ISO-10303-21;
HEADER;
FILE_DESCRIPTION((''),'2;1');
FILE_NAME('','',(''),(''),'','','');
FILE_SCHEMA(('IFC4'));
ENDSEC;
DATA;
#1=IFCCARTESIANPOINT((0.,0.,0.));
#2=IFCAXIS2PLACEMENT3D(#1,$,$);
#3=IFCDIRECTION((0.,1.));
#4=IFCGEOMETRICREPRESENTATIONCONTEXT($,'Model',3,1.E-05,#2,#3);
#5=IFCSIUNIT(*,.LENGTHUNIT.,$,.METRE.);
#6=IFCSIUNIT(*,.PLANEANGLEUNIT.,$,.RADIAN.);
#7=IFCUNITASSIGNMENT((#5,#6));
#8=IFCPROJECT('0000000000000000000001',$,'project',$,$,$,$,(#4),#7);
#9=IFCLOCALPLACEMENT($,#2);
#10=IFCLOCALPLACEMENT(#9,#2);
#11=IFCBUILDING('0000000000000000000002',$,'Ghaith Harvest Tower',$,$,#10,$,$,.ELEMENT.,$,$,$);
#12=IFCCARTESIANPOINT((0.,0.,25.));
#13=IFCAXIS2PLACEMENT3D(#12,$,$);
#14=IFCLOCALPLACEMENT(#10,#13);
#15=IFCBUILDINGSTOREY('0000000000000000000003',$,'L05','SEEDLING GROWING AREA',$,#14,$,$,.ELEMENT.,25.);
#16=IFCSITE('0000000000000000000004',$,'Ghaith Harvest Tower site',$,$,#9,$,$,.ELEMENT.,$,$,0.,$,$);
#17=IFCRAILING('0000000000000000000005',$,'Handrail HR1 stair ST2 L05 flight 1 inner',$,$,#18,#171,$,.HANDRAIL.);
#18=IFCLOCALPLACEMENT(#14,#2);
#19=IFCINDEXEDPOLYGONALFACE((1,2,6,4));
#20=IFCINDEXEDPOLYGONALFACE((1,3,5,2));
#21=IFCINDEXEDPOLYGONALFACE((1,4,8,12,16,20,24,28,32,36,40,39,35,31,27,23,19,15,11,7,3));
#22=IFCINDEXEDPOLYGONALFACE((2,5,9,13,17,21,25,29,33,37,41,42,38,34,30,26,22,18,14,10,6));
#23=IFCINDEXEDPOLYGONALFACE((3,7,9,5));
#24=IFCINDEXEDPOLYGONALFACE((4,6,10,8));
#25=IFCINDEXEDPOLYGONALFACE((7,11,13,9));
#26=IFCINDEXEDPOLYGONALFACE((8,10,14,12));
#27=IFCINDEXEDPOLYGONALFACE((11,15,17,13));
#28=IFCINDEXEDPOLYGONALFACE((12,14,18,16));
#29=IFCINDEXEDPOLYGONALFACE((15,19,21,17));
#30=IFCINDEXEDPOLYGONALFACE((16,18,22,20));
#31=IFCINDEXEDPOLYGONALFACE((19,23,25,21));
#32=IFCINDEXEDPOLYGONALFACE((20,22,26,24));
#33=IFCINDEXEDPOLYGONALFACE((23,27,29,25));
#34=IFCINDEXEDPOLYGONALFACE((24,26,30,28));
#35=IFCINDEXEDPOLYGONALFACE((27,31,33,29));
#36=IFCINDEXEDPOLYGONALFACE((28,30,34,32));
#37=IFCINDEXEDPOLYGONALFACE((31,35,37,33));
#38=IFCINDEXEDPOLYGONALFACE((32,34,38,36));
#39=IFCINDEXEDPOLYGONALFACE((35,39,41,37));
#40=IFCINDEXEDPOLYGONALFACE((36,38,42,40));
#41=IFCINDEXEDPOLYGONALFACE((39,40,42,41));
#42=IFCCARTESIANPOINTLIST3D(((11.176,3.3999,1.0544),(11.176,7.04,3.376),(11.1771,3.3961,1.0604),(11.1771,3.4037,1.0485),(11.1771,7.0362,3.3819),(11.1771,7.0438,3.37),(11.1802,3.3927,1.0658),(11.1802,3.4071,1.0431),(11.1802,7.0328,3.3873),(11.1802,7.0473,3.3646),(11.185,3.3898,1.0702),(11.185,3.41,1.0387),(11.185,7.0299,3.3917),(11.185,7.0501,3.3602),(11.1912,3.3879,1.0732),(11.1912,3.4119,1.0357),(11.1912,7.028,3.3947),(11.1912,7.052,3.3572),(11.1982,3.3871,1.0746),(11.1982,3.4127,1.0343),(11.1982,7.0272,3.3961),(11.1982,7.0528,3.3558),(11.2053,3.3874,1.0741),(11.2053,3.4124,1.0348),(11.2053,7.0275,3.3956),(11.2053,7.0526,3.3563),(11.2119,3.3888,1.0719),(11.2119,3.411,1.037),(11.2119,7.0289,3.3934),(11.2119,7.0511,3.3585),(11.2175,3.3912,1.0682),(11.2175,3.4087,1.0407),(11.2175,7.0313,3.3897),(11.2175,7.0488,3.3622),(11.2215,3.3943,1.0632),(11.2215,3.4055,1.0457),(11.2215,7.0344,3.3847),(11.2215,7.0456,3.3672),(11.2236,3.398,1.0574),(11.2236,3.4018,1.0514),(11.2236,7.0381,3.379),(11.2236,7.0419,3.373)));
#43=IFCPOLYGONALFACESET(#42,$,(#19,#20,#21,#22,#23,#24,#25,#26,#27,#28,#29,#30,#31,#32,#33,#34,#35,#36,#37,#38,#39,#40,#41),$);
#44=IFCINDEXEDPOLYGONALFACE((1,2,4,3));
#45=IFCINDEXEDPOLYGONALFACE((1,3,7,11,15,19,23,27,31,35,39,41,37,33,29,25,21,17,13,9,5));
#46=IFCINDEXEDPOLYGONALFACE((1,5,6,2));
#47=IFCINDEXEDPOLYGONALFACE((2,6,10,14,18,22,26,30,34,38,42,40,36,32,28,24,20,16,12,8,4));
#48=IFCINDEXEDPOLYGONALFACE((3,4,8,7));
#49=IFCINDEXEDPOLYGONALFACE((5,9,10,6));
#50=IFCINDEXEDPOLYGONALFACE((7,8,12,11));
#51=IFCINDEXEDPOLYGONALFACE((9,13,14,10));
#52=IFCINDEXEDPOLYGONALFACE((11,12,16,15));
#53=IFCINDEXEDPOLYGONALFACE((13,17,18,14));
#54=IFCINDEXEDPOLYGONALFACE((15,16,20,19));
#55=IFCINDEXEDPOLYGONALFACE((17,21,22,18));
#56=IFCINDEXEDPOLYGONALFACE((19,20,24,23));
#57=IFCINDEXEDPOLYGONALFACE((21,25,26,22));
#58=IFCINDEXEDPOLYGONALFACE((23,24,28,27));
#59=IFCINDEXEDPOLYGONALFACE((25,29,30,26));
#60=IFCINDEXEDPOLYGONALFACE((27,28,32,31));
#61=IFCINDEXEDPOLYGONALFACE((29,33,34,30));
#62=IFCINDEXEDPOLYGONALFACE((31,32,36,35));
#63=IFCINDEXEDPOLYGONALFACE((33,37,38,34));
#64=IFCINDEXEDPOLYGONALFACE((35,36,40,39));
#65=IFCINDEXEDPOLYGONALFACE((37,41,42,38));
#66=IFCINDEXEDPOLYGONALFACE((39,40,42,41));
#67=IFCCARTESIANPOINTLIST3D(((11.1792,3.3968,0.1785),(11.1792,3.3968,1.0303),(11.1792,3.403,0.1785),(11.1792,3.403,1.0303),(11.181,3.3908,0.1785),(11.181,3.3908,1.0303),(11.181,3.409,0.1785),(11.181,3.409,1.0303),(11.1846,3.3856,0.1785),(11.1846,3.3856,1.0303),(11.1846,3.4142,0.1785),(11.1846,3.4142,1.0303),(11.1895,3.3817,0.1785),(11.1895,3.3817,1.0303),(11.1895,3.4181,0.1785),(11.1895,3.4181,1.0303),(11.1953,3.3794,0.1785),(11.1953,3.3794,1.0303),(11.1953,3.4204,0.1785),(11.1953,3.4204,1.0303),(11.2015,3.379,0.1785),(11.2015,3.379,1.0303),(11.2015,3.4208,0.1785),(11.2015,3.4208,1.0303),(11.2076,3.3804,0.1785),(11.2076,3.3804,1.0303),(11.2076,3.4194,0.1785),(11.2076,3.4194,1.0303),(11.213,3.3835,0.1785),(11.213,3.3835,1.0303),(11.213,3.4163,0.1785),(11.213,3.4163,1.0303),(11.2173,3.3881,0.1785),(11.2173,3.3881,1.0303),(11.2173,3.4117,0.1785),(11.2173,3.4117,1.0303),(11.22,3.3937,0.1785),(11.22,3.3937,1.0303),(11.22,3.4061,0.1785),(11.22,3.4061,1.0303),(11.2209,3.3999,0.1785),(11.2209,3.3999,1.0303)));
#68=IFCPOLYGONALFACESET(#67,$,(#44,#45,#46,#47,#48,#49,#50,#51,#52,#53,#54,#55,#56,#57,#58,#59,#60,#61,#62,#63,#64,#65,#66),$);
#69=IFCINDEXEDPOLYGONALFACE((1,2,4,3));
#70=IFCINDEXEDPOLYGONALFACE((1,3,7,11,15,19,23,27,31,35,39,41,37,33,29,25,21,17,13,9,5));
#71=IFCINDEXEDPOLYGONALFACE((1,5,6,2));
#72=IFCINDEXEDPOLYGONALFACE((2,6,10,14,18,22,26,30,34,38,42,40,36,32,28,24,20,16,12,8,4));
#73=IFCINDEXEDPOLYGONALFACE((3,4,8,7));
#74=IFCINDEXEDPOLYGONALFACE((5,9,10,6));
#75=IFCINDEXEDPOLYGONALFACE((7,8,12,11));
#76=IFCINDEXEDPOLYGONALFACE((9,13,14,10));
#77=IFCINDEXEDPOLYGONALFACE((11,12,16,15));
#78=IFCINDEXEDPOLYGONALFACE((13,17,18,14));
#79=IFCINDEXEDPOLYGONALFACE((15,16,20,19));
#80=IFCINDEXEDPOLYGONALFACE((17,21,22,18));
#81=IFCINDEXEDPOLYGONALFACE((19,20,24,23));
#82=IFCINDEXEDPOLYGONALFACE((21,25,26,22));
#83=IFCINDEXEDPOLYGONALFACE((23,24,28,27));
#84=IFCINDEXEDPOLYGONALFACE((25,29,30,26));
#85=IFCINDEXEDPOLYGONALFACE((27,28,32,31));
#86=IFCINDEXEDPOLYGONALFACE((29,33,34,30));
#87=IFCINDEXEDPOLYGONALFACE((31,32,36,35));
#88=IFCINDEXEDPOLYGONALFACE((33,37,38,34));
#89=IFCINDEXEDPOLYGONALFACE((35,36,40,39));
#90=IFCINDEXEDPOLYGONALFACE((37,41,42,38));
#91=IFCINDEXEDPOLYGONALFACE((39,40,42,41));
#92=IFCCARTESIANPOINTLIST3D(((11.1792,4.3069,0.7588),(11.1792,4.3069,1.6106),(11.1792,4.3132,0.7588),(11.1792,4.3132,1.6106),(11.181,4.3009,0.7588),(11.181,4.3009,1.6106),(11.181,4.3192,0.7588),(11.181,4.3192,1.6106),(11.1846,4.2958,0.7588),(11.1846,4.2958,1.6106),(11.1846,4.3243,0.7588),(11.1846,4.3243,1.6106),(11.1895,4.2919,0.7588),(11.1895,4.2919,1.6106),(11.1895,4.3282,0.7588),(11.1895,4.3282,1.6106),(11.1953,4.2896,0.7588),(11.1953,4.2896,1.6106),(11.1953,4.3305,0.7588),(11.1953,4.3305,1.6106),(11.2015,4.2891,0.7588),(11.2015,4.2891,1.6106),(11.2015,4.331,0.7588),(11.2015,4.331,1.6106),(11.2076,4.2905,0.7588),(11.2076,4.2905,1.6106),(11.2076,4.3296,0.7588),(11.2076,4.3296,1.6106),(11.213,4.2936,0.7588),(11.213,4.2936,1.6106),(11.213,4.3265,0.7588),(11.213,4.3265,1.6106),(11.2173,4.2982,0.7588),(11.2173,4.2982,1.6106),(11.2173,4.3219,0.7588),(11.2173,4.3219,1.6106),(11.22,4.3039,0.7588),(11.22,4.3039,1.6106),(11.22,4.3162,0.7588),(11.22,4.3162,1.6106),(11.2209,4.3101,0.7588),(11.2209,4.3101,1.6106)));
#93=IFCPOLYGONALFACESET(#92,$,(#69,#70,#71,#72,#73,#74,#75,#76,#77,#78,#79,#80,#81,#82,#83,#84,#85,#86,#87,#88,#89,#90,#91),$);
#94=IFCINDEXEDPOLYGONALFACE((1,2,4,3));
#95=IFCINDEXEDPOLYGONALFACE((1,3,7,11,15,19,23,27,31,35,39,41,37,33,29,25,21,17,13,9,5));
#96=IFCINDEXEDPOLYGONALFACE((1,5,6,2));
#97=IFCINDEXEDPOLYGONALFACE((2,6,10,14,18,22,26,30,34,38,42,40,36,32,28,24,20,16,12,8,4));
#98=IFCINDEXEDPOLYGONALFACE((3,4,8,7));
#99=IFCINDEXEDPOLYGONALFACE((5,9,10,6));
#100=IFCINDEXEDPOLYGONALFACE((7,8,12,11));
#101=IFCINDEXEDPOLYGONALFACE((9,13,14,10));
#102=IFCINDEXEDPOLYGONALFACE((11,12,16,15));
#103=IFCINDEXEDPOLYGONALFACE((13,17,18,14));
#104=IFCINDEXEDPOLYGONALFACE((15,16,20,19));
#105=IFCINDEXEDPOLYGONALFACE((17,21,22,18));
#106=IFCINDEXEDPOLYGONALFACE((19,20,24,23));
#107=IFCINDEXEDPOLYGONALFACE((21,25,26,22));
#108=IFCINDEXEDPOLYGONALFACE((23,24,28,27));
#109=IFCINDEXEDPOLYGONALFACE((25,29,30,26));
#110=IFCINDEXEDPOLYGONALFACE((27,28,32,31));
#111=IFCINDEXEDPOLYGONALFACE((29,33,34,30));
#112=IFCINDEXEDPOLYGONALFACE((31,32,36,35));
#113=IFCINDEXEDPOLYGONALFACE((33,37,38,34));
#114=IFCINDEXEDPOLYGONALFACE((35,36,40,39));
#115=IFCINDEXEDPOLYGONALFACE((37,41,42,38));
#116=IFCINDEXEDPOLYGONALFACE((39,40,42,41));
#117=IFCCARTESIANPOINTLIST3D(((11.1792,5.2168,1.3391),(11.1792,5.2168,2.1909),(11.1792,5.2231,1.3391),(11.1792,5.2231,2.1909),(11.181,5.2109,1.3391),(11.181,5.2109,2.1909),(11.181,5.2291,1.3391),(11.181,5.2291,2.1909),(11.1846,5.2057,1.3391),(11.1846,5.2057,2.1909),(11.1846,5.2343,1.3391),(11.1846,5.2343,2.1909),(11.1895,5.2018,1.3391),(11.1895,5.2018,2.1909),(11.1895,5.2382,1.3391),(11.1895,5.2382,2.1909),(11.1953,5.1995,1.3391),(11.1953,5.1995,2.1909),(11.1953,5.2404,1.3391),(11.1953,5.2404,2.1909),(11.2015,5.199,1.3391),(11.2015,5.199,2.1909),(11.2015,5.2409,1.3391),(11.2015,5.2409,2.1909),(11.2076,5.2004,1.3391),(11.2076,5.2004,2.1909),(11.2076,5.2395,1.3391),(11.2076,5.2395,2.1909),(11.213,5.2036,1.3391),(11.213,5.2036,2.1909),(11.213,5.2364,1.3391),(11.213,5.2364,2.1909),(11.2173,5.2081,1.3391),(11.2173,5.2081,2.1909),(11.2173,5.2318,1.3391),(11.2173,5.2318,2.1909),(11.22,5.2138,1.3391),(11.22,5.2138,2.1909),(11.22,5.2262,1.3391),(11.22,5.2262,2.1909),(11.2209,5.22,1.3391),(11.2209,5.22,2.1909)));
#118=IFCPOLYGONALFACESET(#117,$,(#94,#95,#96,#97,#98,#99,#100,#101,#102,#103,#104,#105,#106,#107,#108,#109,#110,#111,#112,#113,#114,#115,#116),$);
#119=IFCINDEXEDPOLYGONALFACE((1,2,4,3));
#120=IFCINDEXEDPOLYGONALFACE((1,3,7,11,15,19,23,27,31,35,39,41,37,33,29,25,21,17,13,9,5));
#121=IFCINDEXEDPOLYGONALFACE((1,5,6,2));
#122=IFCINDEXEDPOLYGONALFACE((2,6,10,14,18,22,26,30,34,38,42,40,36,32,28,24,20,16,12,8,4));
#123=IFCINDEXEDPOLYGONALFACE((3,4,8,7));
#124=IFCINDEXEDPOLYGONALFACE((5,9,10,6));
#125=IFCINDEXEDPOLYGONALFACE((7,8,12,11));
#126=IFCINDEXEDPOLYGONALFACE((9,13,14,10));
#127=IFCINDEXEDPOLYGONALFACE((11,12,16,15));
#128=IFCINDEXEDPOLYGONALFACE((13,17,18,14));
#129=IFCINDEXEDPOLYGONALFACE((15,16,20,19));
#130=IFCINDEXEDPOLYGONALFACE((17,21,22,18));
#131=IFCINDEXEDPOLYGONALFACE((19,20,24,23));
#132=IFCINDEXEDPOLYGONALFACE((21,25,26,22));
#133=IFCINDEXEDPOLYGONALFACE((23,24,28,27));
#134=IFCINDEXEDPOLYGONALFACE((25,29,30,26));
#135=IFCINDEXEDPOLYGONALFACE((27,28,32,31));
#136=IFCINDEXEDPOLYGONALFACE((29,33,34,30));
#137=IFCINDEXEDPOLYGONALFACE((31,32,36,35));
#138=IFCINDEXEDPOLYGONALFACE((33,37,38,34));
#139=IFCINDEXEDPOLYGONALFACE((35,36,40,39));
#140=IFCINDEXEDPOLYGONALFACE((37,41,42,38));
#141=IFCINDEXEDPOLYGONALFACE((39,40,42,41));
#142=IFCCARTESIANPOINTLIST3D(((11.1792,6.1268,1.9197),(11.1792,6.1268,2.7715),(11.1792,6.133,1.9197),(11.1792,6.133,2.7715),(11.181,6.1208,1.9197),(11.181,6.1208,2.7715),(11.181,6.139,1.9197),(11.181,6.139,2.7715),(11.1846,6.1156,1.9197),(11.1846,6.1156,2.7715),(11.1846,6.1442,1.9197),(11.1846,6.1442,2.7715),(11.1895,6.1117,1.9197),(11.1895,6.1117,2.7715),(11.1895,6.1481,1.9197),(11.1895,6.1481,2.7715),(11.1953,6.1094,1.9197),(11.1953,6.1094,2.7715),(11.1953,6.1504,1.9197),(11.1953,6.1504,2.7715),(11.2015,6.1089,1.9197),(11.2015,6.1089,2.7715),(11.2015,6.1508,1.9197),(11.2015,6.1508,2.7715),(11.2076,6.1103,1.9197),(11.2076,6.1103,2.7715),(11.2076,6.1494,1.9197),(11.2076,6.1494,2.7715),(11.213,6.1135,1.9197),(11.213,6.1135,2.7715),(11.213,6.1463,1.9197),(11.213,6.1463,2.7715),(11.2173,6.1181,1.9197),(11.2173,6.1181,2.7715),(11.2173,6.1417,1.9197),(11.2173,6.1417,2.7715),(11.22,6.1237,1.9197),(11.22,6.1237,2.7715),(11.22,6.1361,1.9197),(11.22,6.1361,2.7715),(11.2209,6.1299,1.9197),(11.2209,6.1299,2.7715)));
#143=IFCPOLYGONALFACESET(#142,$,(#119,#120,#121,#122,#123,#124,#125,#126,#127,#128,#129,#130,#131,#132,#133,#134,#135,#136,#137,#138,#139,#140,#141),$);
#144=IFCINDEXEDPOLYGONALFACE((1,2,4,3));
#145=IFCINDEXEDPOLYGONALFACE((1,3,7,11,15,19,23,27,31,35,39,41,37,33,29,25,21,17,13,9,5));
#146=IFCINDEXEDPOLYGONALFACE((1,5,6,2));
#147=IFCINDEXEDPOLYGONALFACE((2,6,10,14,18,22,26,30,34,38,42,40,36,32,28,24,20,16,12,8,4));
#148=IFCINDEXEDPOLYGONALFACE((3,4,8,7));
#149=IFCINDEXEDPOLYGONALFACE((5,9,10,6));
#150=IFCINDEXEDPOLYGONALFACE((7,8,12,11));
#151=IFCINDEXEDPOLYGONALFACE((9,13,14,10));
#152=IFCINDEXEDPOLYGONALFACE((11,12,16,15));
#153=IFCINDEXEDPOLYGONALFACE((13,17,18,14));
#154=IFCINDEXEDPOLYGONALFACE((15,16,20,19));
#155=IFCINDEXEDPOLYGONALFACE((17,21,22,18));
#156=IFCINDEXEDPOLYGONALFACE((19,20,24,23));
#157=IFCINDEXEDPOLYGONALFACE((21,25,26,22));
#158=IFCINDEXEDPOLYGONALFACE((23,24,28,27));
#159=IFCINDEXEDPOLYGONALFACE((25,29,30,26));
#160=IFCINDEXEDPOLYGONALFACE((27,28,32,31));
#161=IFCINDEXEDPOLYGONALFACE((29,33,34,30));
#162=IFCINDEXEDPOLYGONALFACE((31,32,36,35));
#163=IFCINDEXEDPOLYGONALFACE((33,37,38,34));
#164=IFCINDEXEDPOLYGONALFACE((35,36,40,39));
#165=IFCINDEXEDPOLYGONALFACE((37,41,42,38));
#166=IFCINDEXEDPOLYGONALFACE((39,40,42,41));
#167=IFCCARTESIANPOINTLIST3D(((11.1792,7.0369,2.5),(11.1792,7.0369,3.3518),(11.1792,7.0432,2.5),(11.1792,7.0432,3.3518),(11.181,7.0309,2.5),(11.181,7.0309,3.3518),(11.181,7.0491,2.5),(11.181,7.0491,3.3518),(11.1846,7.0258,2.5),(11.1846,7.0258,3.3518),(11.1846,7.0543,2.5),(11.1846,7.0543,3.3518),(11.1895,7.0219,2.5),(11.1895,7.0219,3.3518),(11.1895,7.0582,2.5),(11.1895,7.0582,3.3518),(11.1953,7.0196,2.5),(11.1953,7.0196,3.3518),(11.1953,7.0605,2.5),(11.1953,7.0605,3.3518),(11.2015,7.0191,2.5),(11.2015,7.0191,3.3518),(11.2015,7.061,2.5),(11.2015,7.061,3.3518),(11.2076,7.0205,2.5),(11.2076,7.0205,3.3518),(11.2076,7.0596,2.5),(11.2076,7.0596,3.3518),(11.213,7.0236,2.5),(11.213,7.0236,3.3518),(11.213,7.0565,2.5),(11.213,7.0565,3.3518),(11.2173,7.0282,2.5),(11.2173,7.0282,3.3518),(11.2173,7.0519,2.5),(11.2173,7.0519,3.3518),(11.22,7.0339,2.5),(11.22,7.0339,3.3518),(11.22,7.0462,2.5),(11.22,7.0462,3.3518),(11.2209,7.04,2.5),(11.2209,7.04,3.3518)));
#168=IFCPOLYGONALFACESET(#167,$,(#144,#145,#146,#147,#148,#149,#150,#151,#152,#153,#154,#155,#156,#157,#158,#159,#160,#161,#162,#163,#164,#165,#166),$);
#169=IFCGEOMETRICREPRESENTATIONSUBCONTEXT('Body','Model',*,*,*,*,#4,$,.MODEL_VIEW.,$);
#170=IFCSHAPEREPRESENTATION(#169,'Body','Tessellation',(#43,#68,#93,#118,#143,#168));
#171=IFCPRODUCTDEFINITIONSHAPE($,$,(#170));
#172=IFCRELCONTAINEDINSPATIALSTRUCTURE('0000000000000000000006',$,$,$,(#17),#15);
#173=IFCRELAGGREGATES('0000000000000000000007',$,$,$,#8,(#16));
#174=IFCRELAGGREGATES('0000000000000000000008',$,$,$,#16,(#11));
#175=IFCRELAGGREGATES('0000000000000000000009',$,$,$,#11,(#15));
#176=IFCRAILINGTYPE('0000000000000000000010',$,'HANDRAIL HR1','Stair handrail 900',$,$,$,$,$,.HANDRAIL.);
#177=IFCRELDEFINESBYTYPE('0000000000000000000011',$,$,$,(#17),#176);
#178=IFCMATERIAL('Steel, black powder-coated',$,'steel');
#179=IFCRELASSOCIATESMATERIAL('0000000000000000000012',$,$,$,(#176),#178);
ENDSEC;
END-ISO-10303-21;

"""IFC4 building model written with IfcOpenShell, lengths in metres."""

from ifc_helpers import new_model, si_unit, direction, frame, origin, origin_2d, place, context, subcontext, project, spatial, circle, extrude, material, type_object, element, save


model = new_model("IFC4")

# Units and contexts
model_context = context("Model", 3, precision=1e-05, world=origin(), true_north=direction((0.0, 1.0)))
body_context = subcontext(model_context, "Body", "Model", "MODEL_VIEW")
ifc_project = project(units=[si_unit("LENGTHUNIT", "METRE"), si_unit("PLANEANGLEUNIT", "RADIAN")], contexts=[model_context])

# Site, building, storey
site_placement = place(None, origin())
site = spatial("IfcSite", under=ifc_project, at=site_placement, Name="Ghaith Harvest Tower site", CompositionType="ELEMENT", RefElevation=0.0)
building_placement = place(site_placement, origin())
building = spatial("IfcBuilding", under=site, at=building_placement, Name="Ghaith Harvest Tower", CompositionType="ELEMENT")
storey_placement = place(building_placement, frame((0.0, 0.0, 25.0)))
storey = spatial("IfcBuildingStorey", under=building, at=storey_placement, Name="L05", Description="SEEDLING GROWING AREA", CompositionType="ELEMENT", Elevation=25.0)

# Railing
ifc_material_1 = material(Name="Steel, black powder-coated", Category="steel")
railing_type = type_object("IfcRailingType", Name="HANDRAIL HR1", Description="Stair handrail 900", PredefinedType="HANDRAIL", material=ifc_material_1)
railing_1_placement = place(storey_placement, frame((11.2, 3.3999, 0.1785)))
element("IfcRailing", 1, at=railing_1_placement, inside=storey, type_object=railing_type, Name="Handrail HR1 stair ST2 L05 flight 1 inner", PredefinedType="HANDRAIL", context=body_context, shape_type="SweptSolid", body=[
    extrude(circle(Radius=0.0239, at=origin_2d()), frame((0.0, 0.0, 0.876), z_axis=(0.0, 0.843128, 0.537713), x_axis=(-1.0, 0.0, 0.0)), (0.0, 0.0, 1.0), 4.3174),
    extrude(circle(Radius=0.021, at=origin_2d()), origin(), (0.0, 0.0, 1.0), 0.8518),
    extrude(circle(Radius=0.021, at=origin_2d()), frame((0.0, 0.9102, 0.5803)), (0.0, 0.0, 1.0), 0.8518),
    extrude(circle(Radius=0.021, at=origin_2d()), frame((0.0, 1.8201, 1.1606)), (0.0, 0.0, 1.0), 0.8518),
    extrude(circle(Radius=0.021, at=origin_2d()), frame((0.0, 2.73, 1.7412)), (0.0, 0.0, 1.0), 0.8518),
    extrude(circle(Radius=0.021, at=origin_2d()), frame((0.0, 3.6401, 2.3215)), (0.0, 0.0, 1.0), 0.8518),
])

save(model, "model.ifc")
